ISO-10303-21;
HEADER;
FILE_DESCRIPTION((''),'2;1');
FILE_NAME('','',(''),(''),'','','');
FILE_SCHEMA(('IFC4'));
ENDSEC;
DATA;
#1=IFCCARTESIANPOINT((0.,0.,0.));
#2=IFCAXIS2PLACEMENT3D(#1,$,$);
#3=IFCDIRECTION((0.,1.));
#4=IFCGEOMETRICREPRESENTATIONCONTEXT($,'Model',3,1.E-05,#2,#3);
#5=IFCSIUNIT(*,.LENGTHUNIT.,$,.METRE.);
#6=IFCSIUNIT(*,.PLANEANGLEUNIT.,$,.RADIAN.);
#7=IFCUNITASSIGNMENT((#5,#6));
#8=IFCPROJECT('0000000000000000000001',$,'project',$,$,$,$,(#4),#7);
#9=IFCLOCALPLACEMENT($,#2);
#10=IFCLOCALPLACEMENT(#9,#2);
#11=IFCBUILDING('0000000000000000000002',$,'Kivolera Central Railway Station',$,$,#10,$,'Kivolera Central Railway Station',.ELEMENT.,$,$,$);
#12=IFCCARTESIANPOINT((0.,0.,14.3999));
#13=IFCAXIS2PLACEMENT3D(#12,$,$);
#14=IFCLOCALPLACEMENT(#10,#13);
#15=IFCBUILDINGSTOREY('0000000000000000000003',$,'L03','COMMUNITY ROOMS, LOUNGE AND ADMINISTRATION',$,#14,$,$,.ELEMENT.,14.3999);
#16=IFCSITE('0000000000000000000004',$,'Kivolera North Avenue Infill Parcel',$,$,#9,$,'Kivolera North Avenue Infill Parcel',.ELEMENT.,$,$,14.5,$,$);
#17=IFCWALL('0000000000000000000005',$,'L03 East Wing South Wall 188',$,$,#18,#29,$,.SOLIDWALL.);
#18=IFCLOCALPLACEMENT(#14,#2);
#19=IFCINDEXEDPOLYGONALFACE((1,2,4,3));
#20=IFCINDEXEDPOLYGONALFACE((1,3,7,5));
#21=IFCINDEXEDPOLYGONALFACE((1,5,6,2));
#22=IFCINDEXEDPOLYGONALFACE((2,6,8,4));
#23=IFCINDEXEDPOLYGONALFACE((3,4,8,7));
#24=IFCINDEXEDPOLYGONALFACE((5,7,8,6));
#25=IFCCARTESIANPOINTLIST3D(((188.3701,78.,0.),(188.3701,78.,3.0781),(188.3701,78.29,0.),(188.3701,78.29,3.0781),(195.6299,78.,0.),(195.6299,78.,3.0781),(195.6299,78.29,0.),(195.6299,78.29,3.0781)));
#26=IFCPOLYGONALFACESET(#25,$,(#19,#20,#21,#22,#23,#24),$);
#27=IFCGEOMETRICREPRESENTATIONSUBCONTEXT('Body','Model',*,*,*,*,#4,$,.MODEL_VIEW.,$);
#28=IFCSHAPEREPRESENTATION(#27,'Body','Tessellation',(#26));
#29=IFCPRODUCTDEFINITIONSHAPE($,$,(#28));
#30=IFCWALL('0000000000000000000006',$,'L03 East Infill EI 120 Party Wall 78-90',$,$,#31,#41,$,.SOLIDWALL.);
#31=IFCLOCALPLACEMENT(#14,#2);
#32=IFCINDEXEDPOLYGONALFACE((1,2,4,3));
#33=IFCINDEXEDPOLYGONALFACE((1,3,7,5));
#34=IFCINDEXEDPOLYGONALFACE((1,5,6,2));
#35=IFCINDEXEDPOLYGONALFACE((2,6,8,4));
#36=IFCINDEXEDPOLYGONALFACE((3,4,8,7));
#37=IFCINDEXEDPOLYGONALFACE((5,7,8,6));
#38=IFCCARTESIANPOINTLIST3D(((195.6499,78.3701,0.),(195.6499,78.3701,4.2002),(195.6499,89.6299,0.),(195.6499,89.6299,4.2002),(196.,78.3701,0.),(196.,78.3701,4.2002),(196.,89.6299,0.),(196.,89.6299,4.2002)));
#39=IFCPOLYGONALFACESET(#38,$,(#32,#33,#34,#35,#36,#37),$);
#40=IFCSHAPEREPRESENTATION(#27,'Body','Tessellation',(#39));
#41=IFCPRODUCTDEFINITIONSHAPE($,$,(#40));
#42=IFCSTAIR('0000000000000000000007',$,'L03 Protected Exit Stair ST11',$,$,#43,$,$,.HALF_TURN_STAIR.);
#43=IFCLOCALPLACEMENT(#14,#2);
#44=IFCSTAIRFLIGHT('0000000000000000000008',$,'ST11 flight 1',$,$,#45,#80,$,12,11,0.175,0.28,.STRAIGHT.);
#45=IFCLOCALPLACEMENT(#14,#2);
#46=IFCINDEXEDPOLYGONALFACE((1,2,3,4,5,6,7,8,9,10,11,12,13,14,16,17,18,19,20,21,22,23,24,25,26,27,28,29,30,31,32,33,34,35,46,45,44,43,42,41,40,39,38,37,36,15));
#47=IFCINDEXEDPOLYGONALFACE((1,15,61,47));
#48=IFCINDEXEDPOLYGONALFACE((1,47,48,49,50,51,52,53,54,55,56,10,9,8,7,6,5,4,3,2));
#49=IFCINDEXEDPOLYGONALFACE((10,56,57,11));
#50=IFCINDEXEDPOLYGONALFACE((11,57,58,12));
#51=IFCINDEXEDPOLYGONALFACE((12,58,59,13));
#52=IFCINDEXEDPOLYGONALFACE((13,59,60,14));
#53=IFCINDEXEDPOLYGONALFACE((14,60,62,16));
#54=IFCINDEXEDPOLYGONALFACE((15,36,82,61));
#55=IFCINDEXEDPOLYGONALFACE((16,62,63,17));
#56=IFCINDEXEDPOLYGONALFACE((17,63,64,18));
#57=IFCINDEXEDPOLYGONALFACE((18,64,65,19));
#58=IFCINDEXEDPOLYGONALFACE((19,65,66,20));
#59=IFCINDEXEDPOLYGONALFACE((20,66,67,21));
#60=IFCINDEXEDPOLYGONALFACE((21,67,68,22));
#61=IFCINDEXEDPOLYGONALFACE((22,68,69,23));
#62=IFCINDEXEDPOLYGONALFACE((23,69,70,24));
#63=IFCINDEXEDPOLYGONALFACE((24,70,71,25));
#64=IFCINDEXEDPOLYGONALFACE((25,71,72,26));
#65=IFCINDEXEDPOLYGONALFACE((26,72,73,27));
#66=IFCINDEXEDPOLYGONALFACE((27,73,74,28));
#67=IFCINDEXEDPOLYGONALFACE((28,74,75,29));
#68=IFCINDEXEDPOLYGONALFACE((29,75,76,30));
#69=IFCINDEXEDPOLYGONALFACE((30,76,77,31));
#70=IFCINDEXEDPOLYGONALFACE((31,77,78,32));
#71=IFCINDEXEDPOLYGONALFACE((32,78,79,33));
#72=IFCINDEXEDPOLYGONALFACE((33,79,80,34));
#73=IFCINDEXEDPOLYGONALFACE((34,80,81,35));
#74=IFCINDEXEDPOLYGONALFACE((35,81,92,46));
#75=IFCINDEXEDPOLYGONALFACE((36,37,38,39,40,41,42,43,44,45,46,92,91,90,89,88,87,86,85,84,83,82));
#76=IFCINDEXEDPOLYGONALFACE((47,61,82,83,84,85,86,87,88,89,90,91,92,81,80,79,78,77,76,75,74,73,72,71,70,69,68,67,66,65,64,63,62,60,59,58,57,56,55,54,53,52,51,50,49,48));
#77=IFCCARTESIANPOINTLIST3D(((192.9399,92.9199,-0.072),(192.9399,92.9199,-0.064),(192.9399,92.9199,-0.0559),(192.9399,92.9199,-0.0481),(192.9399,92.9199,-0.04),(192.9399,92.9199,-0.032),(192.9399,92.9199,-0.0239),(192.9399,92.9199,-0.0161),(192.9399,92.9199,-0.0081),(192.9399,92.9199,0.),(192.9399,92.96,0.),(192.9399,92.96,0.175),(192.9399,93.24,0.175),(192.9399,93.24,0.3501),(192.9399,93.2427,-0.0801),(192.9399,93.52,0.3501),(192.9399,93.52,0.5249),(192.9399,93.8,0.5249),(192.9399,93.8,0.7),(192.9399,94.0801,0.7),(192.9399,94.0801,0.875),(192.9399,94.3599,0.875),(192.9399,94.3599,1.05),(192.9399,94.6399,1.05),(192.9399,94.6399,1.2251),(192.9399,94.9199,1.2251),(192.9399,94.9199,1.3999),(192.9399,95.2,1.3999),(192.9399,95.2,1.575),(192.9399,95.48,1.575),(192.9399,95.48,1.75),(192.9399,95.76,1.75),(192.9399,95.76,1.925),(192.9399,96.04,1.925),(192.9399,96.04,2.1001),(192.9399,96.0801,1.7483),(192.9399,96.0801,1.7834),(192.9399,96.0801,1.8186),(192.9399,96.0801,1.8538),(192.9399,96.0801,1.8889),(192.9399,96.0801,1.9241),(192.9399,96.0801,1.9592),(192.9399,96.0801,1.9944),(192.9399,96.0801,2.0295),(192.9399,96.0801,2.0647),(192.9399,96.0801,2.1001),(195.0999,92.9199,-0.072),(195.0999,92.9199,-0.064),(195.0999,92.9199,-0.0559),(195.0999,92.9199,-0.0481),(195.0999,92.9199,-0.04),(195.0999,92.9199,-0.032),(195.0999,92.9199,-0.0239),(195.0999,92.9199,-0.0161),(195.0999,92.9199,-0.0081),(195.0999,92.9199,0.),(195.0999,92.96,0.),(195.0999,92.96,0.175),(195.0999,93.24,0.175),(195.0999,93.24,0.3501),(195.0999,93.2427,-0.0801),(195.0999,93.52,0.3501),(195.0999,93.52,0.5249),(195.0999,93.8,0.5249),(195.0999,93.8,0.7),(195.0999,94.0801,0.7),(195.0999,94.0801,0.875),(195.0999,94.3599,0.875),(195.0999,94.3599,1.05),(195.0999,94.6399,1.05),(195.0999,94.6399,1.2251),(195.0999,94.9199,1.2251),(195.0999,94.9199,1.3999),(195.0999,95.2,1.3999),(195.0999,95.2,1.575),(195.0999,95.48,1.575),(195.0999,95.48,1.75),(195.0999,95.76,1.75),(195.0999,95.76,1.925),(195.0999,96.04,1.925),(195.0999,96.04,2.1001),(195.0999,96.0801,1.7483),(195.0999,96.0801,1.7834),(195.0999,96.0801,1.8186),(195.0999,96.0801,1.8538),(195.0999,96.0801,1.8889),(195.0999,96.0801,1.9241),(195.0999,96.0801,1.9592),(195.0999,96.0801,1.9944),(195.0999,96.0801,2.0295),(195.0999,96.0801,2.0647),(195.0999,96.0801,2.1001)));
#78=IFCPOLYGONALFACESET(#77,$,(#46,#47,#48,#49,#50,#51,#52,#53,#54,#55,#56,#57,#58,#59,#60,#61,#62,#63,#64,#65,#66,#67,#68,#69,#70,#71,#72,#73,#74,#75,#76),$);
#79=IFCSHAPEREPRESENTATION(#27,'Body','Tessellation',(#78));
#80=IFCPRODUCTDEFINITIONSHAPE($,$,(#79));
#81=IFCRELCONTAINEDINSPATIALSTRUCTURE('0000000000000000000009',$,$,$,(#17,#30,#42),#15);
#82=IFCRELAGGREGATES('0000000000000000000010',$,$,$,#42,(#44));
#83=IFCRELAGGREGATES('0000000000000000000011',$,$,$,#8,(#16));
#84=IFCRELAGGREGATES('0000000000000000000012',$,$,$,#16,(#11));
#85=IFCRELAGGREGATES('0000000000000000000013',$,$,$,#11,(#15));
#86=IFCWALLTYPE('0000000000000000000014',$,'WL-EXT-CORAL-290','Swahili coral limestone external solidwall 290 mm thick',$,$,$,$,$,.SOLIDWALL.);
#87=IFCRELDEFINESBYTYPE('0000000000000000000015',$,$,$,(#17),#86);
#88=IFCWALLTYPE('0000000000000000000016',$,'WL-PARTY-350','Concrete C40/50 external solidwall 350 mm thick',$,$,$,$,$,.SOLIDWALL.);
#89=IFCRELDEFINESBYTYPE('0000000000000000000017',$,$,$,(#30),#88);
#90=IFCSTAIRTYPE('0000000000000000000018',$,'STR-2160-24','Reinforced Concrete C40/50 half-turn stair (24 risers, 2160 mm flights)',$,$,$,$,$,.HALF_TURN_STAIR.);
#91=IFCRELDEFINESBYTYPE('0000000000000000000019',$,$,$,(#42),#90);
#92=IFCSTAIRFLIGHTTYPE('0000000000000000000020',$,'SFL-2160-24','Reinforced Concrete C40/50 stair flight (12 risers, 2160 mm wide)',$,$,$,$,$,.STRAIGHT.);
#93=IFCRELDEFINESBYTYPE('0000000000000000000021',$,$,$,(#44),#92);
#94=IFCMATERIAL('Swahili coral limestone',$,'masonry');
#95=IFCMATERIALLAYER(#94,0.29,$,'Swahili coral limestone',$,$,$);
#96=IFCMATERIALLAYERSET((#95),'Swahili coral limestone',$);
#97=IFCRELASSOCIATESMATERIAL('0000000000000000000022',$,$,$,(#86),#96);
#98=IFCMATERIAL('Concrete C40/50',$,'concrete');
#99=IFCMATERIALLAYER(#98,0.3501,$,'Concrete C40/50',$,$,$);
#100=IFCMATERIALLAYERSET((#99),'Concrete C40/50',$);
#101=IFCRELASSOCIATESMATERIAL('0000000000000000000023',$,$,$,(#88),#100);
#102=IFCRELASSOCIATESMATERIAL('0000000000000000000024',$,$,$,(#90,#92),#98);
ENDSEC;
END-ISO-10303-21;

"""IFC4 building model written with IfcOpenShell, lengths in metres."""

from ifc_helpers import new_model, si_unit, direction, frame, frame_2d, origin, place, context, subcontext, project, spatial, polyline, rectangle, outline, extrude, material, layer, layer_set, type_object, element, aggregate, save


model = new_model("IFC4")

# Units and contexts
model_context = context("Model", 3, precision=1e-05, world=origin(), true_north=direction((0.0, 1.0)))
body_context = subcontext(model_context, "Body", "Model", "MODEL_VIEW")
ifc_project = project(units=[si_unit("LENGTHUNIT", "METRE"), si_unit("PLANEANGLEUNIT", "RADIAN")], contexts=[model_context])

# Site, building, storey
site_placement = place(None, origin())
site = spatial("IfcSite", under=ifc_project, at=site_placement, Name="Kivolera North Avenue Infill Parcel", LongName="Kivolera North Avenue Infill Parcel", CompositionType="ELEMENT", RefElevation=14.5)
building_placement = place(site_placement, origin())
building = spatial("IfcBuilding", under=site, at=building_placement, Name="Kivolera Central Railway Station", LongName="Kivolera Central Railway Station", CompositionType="ELEMENT")
storey_placement = place(building_placement, frame((0.0, 0.0, 14.3999)))
storey = spatial("IfcBuildingStorey", under=building, at=storey_placement, Name="L03", Description="COMMUNITY ROOMS, LOUNGE AND ADMINISTRATION", CompositionType="ELEMENT", Elevation=14.3999)

# Shared definitions
ifc_material_1 = material(Name="Concrete C40/50", Category="concrete")

# Walls
ifc_material_2 = material(Name="Swahili coral limestone", Category="masonry")
ifc_layer_1 = layer(ifc_material_2, 0.29, Name="Swahili coral limestone")
ifc_layer_set_1 = layer_set([ifc_layer_1], Name="Swahili coral limestone")
wall_type_1 = type_object("IfcWallType", Name="WL-EXT-CORAL-290", Description="Swahili coral limestone external solidwall 290 mm thick", PredefinedType="SOLIDWALL", material=ifc_layer_set_1)
wall_1_placement = place(storey_placement, frame((195.6299, 78.145, 0.0), z_axis=(0.0, 0.0, 1.0), x_axis=(-1.0, 0.0, 0.0)))
element("IfcWall", 1, at=wall_1_placement, inside=storey, type_object=wall_type_1, Name="L03 East Wing South Wall 188", PredefinedType="SOLIDWALL", context=body_context, shape_type="SweptSolid", body=[
    extrude(rectangle(XDim=7.2598, YDim=0.29, at=frame_2d((3.6299, 0.0))), origin(), (0.0, 0.0, 1.0), 3.0781),
])
ifc_layer_2 = layer(ifc_material_1, 0.3501, Name="Concrete C40/50")
ifc_layer_set_2 = layer_set([ifc_layer_2], Name="Concrete C40/50")
wall_type_2 = type_object("IfcWallType", Name="WL-PARTY-350", Description="Concrete C40/50 external solidwall 350 mm thick", PredefinedType="SOLIDWALL", material=ifc_layer_set_2)
wall_2_placement = place(storey_placement, frame((195.825, 89.6299, 0.0), z_axis=(0.0, 0.0, 1.0), x_axis=(0.0, -1.0, 0.0)))
element("IfcWall", 2, at=wall_2_placement, inside=storey, type_object=wall_type_2, Name="L03 East Infill EI 120 Party Wall 78-90", PredefinedType="SOLIDWALL", context=body_context, shape_type="SweptSolid", body=[
    extrude(rectangle(XDim=11.2598, YDim=0.3501, at=frame_2d((5.6299, 0.0))), origin(), (0.0, 0.0, 1.0), 4.2002),
])

# Stair, stair flight
stair_type = type_object("IfcStairType", Name="STR-2160-24", Description="Reinforced Concrete C40/50 half-turn stair (24 risers, 2160 mm flights)", PredefinedType="HALF_TURN_STAIR", material=ifc_material_1)
stair_placement = place(storey_placement, origin())
stair = element("IfcStair", 3, at=stair_placement, inside=storey, type_object=stair_type, Name="L03 Protected Exit Stair ST11", PredefinedType="HALF_TURN_STAIR")
stair_flight_type = type_object("IfcStairFlightType", Name="SFL-2160-24", Description="Reinforced Concrete C40/50 stair flight (12 risers, 2160 mm wide)", PredefinedType="STRAIGHT", material=ifc_material_1)
stair_flight_placement = place(storey_placement, frame((194.02, 92.96, 0.0), z_axis=(0.0, 0.0, 1.0), x_axis=(0.0, 1.0, 0.0)))
stair_flight = element("IfcStairFlight", 4, at=stair_flight_placement, type_object=stair_flight_type, Name="ST11 flight 1", NumberOfRisers=12, NumberOfTreads=11, PredefinedType="STRAIGHT", RiserHeight=0.175, TreadLength=0.28, context=body_context, shape_type="SweptSolid", body=[
    extrude(outline(polyline([(-0.04, 0.0), (0.0, 0.0), (0.0, 0.175), (0.28, 0.175), (0.28, 0.3501), (0.5601, 0.3501), (0.5601, 0.5249), (0.8401, 0.5249), (0.8401, 0.7), (1.1201, 0.7), (1.1201, 0.875), (1.3999, 0.875), (1.3999, 1.05), (1.6799, 1.05), (1.6799, 1.2251), (1.96, 1.2251), (1.96, 1.3999), (2.24, 1.3999), (2.24, 1.575), (2.52, 1.575), (2.52, 1.75), (2.8, 1.75), (2.8, 1.925), (3.0801, 1.925), (3.0801, 2.1001), (3.1201, 2.1001), (3.1201, 2.0647), (3.1201, 2.0295), (3.1201, 1.9944), (3.1201, 1.9592), (3.1201, 1.9241), (3.1201, 1.8889), (3.1201, 1.8538), (3.1201, 1.8186), (3.1201, 1.7834), (3.1201, 1.7483), (0.2827, -0.0801), (-0.04, -0.072), (-0.04, -0.064), (-0.04, -0.0559), (-0.04, -0.0481), (-0.04, -0.04), (-0.04, -0.032), (-0.04, -0.0239), (-0.04, -0.0161), (-0.04, -0.0081), (-0.04, 0.0)])), frame((0.0, 1.0801, 0.0), z_axis=(0.0, -1.0, 0.0), x_axis=(1.0, 0.0, 0.0)), (0.0, 0.0, 1.0), 2.1599),
])
aggregate(stair, [stair_flight])

save(model, "model.ifc")
